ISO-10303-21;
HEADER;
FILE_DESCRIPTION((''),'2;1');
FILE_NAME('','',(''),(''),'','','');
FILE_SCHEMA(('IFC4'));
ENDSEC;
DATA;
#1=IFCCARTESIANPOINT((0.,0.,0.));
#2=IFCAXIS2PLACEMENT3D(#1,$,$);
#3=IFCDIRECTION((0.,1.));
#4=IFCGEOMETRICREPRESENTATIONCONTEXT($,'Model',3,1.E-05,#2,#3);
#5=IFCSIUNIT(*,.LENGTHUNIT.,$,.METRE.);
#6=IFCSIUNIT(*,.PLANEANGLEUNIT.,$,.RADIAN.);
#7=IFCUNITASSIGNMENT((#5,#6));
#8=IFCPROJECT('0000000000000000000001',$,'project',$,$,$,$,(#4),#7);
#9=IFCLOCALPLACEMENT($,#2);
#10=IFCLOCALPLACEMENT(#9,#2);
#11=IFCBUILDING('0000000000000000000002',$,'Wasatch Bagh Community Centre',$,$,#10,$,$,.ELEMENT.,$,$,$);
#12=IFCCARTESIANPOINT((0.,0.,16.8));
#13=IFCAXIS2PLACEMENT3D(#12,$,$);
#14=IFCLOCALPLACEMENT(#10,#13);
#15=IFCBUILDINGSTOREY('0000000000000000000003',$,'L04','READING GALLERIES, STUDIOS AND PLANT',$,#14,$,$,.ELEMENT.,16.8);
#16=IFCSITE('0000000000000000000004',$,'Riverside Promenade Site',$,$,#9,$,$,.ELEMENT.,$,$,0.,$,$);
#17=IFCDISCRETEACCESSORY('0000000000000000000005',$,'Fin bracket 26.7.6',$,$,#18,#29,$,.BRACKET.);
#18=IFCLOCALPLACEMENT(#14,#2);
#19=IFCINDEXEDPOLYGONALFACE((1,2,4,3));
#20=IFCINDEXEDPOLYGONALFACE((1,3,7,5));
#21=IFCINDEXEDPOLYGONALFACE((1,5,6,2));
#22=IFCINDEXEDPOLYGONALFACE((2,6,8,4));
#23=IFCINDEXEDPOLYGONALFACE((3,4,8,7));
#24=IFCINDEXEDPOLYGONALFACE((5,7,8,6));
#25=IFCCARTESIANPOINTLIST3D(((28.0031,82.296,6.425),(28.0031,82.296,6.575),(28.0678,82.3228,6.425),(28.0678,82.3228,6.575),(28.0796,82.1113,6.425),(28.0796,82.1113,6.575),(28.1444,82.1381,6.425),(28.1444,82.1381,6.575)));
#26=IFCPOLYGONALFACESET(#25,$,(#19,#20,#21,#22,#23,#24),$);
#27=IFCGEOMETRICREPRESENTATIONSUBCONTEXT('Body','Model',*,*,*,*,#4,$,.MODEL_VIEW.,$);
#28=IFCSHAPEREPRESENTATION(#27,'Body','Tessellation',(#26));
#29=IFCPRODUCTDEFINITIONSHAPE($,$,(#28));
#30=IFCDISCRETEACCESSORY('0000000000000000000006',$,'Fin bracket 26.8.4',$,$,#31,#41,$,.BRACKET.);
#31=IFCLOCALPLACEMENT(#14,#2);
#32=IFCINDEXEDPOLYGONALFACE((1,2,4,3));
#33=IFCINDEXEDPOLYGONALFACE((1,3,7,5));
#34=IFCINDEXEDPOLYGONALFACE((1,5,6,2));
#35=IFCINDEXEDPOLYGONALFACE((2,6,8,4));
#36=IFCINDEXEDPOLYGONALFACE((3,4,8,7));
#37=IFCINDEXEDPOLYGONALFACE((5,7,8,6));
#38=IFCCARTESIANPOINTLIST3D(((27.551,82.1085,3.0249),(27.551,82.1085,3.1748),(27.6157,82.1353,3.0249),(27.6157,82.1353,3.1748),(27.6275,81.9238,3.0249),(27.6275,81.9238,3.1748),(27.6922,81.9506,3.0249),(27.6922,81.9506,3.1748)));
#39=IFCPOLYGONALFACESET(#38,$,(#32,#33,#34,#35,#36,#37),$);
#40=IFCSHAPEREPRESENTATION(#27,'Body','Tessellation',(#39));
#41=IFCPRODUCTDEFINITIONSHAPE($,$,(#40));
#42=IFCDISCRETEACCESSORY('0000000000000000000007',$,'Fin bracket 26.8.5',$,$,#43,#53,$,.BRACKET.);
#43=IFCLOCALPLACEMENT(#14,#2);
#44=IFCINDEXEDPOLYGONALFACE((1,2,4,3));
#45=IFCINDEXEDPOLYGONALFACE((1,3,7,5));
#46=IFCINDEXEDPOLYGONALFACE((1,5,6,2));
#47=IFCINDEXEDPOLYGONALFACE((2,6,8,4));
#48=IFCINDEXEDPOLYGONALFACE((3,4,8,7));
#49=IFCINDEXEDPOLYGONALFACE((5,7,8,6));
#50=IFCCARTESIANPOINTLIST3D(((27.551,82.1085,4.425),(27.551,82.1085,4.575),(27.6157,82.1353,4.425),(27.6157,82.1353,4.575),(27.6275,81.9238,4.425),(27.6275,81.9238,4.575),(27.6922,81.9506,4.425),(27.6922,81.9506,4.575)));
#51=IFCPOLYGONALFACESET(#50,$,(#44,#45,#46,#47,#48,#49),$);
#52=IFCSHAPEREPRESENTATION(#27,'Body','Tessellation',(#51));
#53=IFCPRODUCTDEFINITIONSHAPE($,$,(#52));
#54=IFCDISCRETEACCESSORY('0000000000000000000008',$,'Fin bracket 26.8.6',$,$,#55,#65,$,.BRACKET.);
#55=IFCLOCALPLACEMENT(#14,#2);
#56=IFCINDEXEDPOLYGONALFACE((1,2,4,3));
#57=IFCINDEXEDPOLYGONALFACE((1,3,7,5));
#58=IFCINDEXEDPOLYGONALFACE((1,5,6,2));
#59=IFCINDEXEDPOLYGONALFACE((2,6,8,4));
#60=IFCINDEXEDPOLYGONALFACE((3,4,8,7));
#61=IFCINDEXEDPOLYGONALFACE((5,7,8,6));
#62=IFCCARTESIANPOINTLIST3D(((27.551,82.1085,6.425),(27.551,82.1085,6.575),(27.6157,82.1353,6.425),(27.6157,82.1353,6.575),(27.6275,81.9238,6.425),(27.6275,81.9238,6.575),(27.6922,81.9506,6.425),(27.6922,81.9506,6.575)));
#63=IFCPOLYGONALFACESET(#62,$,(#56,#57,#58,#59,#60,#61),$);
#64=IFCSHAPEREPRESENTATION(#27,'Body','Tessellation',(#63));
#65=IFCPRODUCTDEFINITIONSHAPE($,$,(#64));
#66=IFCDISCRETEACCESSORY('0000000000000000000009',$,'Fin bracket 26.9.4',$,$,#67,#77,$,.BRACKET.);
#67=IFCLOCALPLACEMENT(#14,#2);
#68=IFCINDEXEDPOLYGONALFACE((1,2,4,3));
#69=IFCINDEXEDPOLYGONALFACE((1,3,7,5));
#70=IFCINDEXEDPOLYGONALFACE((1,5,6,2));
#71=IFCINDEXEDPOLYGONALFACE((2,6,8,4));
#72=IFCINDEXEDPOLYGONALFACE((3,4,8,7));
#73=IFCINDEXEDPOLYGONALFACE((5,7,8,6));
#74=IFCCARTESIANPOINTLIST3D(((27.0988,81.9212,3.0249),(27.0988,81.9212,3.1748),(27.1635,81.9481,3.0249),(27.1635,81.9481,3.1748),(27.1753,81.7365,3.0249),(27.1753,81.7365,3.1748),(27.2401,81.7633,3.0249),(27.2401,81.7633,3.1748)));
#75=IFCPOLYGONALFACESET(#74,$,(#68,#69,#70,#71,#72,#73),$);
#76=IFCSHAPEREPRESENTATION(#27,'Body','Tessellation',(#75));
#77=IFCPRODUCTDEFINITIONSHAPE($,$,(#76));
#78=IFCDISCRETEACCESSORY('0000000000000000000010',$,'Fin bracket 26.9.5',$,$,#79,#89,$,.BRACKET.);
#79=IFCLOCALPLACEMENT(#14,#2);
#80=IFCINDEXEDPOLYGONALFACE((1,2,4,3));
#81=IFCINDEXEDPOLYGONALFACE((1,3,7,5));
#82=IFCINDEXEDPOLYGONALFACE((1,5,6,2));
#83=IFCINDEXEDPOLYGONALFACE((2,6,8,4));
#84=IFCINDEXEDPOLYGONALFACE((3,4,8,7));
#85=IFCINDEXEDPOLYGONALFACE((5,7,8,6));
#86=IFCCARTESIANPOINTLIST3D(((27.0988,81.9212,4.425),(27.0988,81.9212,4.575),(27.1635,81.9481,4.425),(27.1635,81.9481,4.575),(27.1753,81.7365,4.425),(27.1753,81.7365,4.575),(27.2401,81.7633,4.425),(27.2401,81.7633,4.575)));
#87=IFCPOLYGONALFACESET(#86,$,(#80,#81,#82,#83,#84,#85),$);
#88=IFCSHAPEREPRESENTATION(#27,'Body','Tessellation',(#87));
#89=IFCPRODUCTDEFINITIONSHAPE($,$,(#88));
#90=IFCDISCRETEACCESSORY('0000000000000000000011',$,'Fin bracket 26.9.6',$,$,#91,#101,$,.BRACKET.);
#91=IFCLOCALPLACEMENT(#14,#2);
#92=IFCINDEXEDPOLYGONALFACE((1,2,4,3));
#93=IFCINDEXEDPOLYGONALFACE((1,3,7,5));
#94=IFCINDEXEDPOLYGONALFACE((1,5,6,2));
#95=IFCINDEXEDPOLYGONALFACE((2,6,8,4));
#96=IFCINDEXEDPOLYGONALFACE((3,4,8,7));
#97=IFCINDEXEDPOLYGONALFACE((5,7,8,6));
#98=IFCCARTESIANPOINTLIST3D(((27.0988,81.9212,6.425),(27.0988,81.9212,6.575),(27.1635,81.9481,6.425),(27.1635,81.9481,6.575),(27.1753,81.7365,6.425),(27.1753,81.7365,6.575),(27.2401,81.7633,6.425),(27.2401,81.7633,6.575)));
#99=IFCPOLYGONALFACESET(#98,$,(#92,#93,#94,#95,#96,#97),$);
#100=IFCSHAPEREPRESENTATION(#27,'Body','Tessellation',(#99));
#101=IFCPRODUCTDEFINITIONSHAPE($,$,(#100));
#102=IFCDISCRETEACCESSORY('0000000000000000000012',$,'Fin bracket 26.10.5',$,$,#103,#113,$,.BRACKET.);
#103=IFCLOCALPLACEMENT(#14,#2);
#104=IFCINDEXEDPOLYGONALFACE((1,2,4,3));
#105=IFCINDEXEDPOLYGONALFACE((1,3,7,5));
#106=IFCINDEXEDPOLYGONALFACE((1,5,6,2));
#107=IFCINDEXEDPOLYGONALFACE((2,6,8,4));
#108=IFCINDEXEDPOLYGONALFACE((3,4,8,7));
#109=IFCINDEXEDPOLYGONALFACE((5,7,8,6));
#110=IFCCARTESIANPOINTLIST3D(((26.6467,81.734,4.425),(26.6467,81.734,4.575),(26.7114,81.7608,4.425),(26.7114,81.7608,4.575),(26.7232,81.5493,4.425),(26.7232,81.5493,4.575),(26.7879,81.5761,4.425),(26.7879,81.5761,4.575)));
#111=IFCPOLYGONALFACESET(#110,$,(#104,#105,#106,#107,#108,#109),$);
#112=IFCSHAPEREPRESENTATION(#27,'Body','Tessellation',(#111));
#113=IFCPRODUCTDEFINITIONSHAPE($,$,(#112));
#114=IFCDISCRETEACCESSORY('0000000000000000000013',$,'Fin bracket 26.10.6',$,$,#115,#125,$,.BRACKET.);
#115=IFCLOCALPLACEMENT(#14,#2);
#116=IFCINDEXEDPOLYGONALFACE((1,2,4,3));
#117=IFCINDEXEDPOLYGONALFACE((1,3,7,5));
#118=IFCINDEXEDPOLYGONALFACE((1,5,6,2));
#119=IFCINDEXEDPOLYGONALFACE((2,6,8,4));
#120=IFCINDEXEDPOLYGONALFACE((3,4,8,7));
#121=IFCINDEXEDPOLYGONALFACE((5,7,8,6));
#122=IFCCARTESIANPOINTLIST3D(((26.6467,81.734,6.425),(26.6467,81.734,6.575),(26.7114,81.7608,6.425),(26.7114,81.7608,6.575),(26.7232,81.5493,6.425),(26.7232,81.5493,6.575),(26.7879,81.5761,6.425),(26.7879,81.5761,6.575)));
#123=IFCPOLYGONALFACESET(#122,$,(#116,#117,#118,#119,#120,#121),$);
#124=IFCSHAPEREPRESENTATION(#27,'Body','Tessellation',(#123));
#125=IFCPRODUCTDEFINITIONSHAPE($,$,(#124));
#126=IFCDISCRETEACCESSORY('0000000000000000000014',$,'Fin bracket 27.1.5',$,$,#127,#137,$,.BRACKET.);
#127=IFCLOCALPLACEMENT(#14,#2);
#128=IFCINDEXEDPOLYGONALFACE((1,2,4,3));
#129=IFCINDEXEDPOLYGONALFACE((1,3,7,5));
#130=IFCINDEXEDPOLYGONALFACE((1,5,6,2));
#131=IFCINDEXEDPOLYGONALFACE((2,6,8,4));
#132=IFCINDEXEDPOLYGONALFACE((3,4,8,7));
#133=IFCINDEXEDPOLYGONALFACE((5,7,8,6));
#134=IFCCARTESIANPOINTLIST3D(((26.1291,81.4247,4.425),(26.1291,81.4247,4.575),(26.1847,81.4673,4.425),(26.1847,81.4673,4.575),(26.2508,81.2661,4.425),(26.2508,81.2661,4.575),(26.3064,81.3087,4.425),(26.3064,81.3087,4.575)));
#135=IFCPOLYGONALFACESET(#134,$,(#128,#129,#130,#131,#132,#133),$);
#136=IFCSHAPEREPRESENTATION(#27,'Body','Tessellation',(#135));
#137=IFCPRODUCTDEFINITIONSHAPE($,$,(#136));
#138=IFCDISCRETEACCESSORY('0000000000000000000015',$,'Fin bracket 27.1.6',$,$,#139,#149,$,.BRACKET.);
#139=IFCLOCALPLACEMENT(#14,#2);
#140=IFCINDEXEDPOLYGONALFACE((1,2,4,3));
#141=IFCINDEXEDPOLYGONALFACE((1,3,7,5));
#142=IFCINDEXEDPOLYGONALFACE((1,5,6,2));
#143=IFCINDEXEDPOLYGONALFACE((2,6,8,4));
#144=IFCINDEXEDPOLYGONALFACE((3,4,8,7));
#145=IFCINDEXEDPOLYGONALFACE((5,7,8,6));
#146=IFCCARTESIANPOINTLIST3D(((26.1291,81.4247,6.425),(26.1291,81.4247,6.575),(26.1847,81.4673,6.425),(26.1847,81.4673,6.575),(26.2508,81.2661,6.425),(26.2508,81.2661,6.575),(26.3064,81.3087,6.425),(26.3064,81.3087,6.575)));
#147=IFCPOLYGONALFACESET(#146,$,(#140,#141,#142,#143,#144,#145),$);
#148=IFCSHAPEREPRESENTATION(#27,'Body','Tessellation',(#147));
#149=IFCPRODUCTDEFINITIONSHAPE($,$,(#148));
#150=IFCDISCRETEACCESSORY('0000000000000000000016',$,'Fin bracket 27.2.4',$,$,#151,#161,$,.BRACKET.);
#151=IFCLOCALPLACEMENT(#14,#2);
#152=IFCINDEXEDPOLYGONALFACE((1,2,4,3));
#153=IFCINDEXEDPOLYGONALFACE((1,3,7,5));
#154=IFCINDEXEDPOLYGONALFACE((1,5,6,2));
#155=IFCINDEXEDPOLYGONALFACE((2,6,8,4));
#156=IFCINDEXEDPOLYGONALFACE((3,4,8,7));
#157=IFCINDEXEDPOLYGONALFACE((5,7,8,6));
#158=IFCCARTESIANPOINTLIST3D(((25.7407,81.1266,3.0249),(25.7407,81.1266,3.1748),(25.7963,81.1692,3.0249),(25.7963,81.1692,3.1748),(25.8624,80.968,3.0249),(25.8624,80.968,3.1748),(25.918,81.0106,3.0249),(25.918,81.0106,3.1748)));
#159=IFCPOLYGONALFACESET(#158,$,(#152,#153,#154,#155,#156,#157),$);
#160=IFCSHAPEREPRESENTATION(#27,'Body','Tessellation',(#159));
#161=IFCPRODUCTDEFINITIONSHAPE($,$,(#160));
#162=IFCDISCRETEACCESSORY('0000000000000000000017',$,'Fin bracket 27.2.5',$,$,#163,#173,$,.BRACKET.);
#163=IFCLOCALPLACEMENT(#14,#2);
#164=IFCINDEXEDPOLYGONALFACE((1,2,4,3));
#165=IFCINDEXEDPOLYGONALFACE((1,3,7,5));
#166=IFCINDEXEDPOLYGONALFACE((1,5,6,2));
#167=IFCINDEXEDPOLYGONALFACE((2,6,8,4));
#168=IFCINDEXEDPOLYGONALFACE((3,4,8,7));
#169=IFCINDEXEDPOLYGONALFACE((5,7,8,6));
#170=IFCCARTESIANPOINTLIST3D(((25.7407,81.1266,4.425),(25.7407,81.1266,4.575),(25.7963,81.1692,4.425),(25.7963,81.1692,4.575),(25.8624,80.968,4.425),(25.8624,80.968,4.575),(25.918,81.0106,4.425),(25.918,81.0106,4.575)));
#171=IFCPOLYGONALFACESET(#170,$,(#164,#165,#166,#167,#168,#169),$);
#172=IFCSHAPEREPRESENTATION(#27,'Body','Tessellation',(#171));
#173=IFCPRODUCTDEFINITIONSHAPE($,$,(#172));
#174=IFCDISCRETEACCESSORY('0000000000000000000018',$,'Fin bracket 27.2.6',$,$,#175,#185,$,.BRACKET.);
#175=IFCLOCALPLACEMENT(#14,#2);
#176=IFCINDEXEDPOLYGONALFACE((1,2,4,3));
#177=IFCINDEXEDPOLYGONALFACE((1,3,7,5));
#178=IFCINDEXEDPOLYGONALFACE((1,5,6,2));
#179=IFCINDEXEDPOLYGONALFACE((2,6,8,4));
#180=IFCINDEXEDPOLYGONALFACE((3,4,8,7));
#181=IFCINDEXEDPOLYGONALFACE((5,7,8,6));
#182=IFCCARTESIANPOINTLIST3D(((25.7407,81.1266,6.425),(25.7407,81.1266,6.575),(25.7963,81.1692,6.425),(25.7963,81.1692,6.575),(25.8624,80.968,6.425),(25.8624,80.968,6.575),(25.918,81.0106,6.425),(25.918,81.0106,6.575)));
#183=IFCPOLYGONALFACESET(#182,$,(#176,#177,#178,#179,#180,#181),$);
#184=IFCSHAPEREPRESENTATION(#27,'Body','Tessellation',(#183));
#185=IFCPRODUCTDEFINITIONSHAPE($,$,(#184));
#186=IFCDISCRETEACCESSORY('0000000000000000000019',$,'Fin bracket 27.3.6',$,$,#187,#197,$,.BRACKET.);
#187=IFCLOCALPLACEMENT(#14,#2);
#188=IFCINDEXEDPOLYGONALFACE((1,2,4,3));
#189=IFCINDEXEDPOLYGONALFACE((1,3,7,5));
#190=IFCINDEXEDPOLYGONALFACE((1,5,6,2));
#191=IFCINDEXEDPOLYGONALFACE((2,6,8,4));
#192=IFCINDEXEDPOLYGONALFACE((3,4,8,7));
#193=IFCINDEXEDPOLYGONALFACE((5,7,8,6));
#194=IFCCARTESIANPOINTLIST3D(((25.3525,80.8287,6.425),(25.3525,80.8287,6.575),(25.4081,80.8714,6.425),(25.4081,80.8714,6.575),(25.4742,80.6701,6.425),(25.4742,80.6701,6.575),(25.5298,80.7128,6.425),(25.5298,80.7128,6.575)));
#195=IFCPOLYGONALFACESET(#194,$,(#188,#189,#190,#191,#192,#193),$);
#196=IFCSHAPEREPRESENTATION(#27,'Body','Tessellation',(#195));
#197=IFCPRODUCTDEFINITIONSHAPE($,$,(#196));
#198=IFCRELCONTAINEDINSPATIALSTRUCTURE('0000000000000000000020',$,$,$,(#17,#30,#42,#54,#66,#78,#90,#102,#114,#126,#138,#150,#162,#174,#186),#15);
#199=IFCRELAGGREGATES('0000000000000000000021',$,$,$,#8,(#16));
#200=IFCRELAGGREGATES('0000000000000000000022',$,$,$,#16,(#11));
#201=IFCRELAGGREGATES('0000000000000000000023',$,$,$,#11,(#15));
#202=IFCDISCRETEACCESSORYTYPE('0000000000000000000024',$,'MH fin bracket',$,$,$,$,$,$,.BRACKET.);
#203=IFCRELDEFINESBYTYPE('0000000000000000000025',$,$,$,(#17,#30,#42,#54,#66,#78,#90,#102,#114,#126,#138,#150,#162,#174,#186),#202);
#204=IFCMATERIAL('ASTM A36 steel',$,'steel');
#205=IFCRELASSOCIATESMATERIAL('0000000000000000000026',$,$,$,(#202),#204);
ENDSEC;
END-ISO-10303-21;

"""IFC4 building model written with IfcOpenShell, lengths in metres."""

from ifc_helpers import new_model, si_unit, direction, frame, origin, origin_2d, place, context, subcontext, project, spatial, rectangle, extrude, material, type_object, element, save


model = new_model("IFC4")

# Units and contexts
model_context = context("Model", 3, precision=1e-05, world=origin(), true_north=direction((0.0, 1.0)))
body_context = subcontext(model_context, "Body", "Model", "MODEL_VIEW")
ifc_project = project(units=[si_unit("LENGTHUNIT", "METRE"), si_unit("PLANEANGLEUNIT", "RADIAN")], contexts=[model_context])

# Site, building, storey
site_placement = place(None, origin())
site = spatial("IfcSite", under=ifc_project, at=site_placement, Name="Riverside Promenade Site", CompositionType="ELEMENT", RefElevation=0.0)
building_placement = place(site_placement, origin())
building = spatial("IfcBuilding", under=site, at=building_placement, Name="Wasatch Bagh Community Centre", CompositionType="ELEMENT")
storey_placement = place(building_placement, frame((0.0, 0.0, 16.8)))
storey = spatial("IfcBuildingStorey", under=building, at=storey_placement, Name="L04", Description="READING GALLERIES, STUDIOS AND PLANT", CompositionType="ELEMENT", Elevation=16.8)

# Discrete accessories
ifc_material_1 = material(Name="ASTM A36 steel", Category="steel")
discrete_accessory_type = type_object("IfcDiscreteAccessoryType", Name="MH fin bracket", PredefinedType="BRACKET", material=ifc_material_1)
for number, where, z_axis, x_axis, name in (
    (1, (28.0737, 82.217, 6.425), (0.0, 0.0, 1.0), (-0.92388, -0.382683, 0.0), "Fin bracket 26.7.6"),
    (2, (27.6216, 82.0295, 3.0249), (0.0, 0.0, 1.0), (-0.92388, -0.382683, 0.0), "Fin bracket 26.8.4"),
    (3, (27.6216, 82.0295, 4.425), (0.0, 0.0, 1.0), (-0.92388, -0.382683, 0.0), "Fin bracket 26.8.5"),
    (4, (27.6216, 82.0295, 6.425), (0.0, 0.0, 1.0), (-0.92388, -0.382683, 0.0), "Fin bracket 26.8.6"),
    (5, (27.1694, 81.8423, 3.0249), (0.0, 0.0, 1.0), (-0.92388, -0.382683, 0.0), "Fin bracket 26.9.4"),
    (6, (27.1694, 81.8423, 4.425), (0.0, 0.0, 1.0), (-0.92388, -0.382683, 0.0), "Fin bracket 26.9.5"),
    (7, (27.1694, 81.8423, 6.425), (0.0, 0.0, 1.0), (-0.92388, -0.382683, 0.0), "Fin bracket 26.9.6"),
    (8, (26.7173, 81.655, 4.425), (0.0, 0.0, 1.0), (-0.92388, -0.382683, 0.0), "Fin bracket 26.10.5"),
    (9, (26.7173, 81.655, 6.425), (0.0, 0.0, 1.0), (-0.92388, -0.382683, 0.0), "Fin bracket 26.10.6"),
    (10, (26.2178, 81.3667, 4.425), (0.0, 0.0, 1.0), (-0.793353, -0.608761, 0.0), "Fin bracket 27.1.5"),
    (11, (26.2178, 81.3667, 6.425), (0.0, 0.0, 1.0), (-0.793353, -0.608761, 0.0), "Fin bracket 27.1.6"),
    (12, (25.8293, 81.0686, 3.0249), (0.0, 0.0, 1.0), (-0.793353, -0.608761, 0.0), "Fin bracket 27.2.4"),
    (13, (25.8293, 81.0686, 4.425), (0.0, 0.0, 1.0), (-0.793353, -0.608761, 0.0), "Fin bracket 27.2.5"),
    (14, (25.8293, 81.0686, 6.425), (0.0, 0.0, 1.0), (-0.793353, -0.608761, 0.0), "Fin bracket 27.2.6"),
    (15, (25.4412, 80.7708, 6.425), (0.0, 0.0, 1.0), (-0.793353, -0.608761, 0.0), "Fin bracket 27.3.6"),
):
    element("IfcDiscreteAccessory", number, at=place(storey_placement, frame(where, z_axis=z_axis, x_axis=x_axis)), inside=storey, type_object=discrete_accessory_type, Name=name, PredefinedType="BRACKET", context=body_context, shape_type="SweptSolid", body=[
        extrude(rectangle(XDim=0.0701, YDim=0.2, at=origin_2d()), origin(), (0.0, 0.0, 1.0), 0.1499),
    ])

save(model, "model.ifc")
